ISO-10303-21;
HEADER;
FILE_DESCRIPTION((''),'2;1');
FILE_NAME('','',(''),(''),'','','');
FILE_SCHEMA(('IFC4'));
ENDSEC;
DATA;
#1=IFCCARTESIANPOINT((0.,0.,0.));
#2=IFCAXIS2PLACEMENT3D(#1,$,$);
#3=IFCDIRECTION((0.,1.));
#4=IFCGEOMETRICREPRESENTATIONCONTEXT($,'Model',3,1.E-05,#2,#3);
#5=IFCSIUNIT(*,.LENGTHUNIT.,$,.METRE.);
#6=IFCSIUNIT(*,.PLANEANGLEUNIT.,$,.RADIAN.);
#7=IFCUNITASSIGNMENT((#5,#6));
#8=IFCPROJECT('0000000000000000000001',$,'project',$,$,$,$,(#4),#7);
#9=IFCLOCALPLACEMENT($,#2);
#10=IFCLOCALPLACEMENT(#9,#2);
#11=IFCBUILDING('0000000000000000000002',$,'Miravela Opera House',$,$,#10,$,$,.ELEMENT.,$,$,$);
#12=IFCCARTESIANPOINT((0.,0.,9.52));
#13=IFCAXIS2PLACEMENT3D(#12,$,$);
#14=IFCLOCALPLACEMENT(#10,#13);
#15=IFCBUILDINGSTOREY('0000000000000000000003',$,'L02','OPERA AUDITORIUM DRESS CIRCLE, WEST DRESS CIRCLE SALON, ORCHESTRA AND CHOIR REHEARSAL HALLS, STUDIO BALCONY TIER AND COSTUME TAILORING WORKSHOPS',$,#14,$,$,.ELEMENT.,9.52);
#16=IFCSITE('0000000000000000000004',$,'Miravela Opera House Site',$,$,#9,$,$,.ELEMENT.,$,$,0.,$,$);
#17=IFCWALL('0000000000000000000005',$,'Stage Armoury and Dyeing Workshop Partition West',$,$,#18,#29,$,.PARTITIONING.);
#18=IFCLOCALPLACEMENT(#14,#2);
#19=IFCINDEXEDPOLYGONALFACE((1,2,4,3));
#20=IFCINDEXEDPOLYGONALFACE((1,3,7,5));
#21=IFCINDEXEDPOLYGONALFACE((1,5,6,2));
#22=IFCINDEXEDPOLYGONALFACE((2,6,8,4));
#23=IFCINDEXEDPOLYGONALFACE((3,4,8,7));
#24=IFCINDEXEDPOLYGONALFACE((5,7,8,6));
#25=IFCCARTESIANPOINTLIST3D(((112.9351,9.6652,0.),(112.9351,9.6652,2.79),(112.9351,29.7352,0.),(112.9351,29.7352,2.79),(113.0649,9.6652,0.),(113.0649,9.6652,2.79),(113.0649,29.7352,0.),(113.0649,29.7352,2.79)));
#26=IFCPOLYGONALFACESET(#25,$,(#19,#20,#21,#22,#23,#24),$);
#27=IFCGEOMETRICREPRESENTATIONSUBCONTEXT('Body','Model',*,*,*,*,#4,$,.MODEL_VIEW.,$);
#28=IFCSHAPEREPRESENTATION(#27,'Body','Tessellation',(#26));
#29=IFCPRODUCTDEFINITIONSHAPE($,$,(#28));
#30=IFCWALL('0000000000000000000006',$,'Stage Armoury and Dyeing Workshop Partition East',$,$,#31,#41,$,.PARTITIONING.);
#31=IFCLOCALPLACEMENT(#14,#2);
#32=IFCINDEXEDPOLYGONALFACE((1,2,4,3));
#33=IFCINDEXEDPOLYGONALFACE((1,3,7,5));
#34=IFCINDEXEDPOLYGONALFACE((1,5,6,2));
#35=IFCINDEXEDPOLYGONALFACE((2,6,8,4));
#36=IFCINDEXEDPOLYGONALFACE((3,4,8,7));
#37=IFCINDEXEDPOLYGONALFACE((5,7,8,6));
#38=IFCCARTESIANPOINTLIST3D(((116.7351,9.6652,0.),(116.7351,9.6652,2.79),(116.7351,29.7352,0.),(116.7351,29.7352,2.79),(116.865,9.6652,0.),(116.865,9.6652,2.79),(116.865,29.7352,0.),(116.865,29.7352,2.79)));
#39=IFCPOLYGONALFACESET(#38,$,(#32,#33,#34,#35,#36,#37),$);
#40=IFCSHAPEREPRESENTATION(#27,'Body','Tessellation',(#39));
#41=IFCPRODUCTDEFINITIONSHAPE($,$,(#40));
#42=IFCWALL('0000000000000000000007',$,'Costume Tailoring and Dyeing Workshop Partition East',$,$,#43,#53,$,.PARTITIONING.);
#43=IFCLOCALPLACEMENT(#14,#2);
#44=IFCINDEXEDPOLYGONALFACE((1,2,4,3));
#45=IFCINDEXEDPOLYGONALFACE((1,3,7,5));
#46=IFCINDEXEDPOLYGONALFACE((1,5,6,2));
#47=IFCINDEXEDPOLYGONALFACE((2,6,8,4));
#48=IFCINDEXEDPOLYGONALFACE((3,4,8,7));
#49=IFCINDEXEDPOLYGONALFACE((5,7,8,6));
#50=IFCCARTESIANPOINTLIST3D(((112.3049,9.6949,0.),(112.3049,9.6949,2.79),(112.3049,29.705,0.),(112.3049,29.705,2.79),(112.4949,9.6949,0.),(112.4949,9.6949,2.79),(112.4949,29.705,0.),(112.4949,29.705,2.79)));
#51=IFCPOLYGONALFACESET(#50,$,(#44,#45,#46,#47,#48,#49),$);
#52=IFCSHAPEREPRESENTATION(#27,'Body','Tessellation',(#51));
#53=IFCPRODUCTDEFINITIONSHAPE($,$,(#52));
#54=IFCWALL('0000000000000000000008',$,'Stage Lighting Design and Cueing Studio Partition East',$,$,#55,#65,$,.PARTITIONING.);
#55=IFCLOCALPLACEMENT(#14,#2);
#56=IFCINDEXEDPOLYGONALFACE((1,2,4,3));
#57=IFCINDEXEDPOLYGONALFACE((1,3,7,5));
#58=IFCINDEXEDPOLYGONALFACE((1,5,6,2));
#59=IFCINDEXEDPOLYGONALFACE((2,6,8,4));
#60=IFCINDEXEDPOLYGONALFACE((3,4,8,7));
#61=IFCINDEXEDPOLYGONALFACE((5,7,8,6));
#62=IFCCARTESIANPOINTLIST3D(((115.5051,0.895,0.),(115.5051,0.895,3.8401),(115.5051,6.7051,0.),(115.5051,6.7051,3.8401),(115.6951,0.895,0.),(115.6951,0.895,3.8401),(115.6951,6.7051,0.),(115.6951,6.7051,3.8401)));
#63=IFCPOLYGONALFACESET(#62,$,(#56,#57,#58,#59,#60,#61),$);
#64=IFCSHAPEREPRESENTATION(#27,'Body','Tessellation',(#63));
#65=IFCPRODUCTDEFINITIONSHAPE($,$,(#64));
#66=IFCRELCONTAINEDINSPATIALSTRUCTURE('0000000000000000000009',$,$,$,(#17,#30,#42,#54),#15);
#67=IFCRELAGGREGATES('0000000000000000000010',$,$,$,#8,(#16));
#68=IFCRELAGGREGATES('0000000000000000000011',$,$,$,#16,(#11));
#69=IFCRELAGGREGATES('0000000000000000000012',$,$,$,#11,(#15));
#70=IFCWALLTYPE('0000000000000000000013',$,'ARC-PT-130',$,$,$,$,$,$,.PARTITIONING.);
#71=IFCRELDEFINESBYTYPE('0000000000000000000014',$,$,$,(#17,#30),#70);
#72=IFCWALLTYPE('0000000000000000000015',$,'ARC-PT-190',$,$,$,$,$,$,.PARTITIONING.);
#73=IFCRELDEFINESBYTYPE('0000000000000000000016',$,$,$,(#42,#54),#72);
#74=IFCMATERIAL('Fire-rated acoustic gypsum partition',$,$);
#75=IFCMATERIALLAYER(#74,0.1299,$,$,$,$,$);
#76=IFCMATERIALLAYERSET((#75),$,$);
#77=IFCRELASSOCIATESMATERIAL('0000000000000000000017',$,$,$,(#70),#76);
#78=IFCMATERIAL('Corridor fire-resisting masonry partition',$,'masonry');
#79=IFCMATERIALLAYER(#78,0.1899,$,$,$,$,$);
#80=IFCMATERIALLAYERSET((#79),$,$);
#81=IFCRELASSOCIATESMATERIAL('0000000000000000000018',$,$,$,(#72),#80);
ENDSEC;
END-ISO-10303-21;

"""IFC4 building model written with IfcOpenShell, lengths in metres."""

from ifc_helpers import new_model, si_unit, direction, frame, frame_2d, origin, place, context, subcontext, project, spatial, rectangle, extrude, material, layer, layer_set, type_object, element, save


model = new_model("IFC4")

# Units and contexts
model_context = context("Model", 3, precision=1e-05, world=origin(), true_north=direction((0.0, 1.0)))
body_context = subcontext(model_context, "Body", "Model", "MODEL_VIEW")
ifc_project = project(units=[si_unit("LENGTHUNIT", "METRE"), si_unit("PLANEANGLEUNIT", "RADIAN")], contexts=[model_context])

# Site, building, storey
site_placement = place(None, origin())
site = spatial("IfcSite", under=ifc_project, at=site_placement, Name="Miravela Opera House Site", CompositionType="ELEMENT", RefElevation=0.0)
building_placement = place(site_placement, origin())
building = spatial("IfcBuilding", under=site, at=building_placement, Name="Miravela Opera House", CompositionType="ELEMENT")
storey_placement = place(building_placement, frame((0.0, 0.0, 9.52)))
storey = spatial("IfcBuildingStorey", under=building, at=storey_placement, Name="L02", Description="OPERA AUDITORIUM DRESS CIRCLE, WEST DRESS CIRCLE SALON, ORCHESTRA AND CHOIR REHEARSAL HALLS, STUDIO BALCONY TIER AND COSTUME TAILORING WORKSHOPS", CompositionType="ELEMENT", Elevation=9.52)

# Walls
ifc_material_1 = material(Name="Fire-rated acoustic gypsum partition")
ifc_layer_1 = layer(ifc_material_1, 0.1299)
ifc_layer_set_1 = layer_set([ifc_layer_1])
wall_type_1 = type_object("IfcWallType", Name="ARC-PT-130", PredefinedType="PARTITIONING", material=ifc_layer_set_1)
for number, where, z_axis, x_axis, name in (
    (1, (113.0, 9.665, 0.0), (0.0, 0.0, 1.0), (0.0, 1.0, 0.0), "Stage Armoury and Dyeing Workshop Partition West"),
    (2, (116.8, 9.665, 0.0), (0.0, 0.0, 1.0), (0.0, 1.0, 0.0), "Stage Armoury and Dyeing Workshop Partition East"),
):
    element("IfcWall", number, at=place(storey_placement, frame(where, z_axis=z_axis, x_axis=x_axis)), inside=storey, type_object=wall_type_1, Name=name, PredefinedType="PARTITIONING", context=body_context, shape_type="SweptSolid", body=[
        extrude(rectangle(XDim=20.0701, YDim=0.1299, at=frame_2d((10.0352, 0.0))), origin(), (0.0, 0.0, 1.0), 2.79),
    ])
ifc_material_2 = material(Name="Corridor fire-resisting masonry partition", Category="masonry")
ifc_layer_2 = layer(ifc_material_2, 0.1899)
ifc_layer_set_2 = layer_set([ifc_layer_2])
wall_type_2 = type_object("IfcWallType", Name="ARC-PT-190", PredefinedType="PARTITIONING", material=ifc_layer_set_2)
wall_1_placement = place(storey_placement, frame((112.3999, 9.6951, 0.0), z_axis=(0.0, 0.0, 1.0), x_axis=(0.0, 1.0, 0.0)))
element("IfcWall", 3, at=wall_1_placement, inside=storey, type_object=wall_type_2, Name="Costume Tailoring and Dyeing Workshop Partition East", PredefinedType="PARTITIONING", context=body_context, shape_type="SweptSolid", body=[
    extrude(rectangle(XDim=20.01, YDim=0.1899, at=frame_2d((10.0049, 0.0))), origin(), (0.0, 0.0, 1.0), 2.79),
])
wall_2_placement = place(storey_placement, frame((115.6001, 0.895, 0.0), z_axis=(0.0, 0.0, 1.0), x_axis=(0.0, 1.0, 0.0)))
element("IfcWall", 4, at=wall_2_placement, inside=storey, type_object=wall_type_2, Name="Stage Lighting Design and Cueing Studio Partition East", PredefinedType="PARTITIONING", context=body_context, shape_type="SweptSolid", body=[
    extrude(rectangle(XDim=5.8101, YDim=0.1899, at=frame_2d((2.905, 0.0))), origin(), (0.0, 0.0, 1.0), 3.8401),
])

save(model, "model.ifc")
